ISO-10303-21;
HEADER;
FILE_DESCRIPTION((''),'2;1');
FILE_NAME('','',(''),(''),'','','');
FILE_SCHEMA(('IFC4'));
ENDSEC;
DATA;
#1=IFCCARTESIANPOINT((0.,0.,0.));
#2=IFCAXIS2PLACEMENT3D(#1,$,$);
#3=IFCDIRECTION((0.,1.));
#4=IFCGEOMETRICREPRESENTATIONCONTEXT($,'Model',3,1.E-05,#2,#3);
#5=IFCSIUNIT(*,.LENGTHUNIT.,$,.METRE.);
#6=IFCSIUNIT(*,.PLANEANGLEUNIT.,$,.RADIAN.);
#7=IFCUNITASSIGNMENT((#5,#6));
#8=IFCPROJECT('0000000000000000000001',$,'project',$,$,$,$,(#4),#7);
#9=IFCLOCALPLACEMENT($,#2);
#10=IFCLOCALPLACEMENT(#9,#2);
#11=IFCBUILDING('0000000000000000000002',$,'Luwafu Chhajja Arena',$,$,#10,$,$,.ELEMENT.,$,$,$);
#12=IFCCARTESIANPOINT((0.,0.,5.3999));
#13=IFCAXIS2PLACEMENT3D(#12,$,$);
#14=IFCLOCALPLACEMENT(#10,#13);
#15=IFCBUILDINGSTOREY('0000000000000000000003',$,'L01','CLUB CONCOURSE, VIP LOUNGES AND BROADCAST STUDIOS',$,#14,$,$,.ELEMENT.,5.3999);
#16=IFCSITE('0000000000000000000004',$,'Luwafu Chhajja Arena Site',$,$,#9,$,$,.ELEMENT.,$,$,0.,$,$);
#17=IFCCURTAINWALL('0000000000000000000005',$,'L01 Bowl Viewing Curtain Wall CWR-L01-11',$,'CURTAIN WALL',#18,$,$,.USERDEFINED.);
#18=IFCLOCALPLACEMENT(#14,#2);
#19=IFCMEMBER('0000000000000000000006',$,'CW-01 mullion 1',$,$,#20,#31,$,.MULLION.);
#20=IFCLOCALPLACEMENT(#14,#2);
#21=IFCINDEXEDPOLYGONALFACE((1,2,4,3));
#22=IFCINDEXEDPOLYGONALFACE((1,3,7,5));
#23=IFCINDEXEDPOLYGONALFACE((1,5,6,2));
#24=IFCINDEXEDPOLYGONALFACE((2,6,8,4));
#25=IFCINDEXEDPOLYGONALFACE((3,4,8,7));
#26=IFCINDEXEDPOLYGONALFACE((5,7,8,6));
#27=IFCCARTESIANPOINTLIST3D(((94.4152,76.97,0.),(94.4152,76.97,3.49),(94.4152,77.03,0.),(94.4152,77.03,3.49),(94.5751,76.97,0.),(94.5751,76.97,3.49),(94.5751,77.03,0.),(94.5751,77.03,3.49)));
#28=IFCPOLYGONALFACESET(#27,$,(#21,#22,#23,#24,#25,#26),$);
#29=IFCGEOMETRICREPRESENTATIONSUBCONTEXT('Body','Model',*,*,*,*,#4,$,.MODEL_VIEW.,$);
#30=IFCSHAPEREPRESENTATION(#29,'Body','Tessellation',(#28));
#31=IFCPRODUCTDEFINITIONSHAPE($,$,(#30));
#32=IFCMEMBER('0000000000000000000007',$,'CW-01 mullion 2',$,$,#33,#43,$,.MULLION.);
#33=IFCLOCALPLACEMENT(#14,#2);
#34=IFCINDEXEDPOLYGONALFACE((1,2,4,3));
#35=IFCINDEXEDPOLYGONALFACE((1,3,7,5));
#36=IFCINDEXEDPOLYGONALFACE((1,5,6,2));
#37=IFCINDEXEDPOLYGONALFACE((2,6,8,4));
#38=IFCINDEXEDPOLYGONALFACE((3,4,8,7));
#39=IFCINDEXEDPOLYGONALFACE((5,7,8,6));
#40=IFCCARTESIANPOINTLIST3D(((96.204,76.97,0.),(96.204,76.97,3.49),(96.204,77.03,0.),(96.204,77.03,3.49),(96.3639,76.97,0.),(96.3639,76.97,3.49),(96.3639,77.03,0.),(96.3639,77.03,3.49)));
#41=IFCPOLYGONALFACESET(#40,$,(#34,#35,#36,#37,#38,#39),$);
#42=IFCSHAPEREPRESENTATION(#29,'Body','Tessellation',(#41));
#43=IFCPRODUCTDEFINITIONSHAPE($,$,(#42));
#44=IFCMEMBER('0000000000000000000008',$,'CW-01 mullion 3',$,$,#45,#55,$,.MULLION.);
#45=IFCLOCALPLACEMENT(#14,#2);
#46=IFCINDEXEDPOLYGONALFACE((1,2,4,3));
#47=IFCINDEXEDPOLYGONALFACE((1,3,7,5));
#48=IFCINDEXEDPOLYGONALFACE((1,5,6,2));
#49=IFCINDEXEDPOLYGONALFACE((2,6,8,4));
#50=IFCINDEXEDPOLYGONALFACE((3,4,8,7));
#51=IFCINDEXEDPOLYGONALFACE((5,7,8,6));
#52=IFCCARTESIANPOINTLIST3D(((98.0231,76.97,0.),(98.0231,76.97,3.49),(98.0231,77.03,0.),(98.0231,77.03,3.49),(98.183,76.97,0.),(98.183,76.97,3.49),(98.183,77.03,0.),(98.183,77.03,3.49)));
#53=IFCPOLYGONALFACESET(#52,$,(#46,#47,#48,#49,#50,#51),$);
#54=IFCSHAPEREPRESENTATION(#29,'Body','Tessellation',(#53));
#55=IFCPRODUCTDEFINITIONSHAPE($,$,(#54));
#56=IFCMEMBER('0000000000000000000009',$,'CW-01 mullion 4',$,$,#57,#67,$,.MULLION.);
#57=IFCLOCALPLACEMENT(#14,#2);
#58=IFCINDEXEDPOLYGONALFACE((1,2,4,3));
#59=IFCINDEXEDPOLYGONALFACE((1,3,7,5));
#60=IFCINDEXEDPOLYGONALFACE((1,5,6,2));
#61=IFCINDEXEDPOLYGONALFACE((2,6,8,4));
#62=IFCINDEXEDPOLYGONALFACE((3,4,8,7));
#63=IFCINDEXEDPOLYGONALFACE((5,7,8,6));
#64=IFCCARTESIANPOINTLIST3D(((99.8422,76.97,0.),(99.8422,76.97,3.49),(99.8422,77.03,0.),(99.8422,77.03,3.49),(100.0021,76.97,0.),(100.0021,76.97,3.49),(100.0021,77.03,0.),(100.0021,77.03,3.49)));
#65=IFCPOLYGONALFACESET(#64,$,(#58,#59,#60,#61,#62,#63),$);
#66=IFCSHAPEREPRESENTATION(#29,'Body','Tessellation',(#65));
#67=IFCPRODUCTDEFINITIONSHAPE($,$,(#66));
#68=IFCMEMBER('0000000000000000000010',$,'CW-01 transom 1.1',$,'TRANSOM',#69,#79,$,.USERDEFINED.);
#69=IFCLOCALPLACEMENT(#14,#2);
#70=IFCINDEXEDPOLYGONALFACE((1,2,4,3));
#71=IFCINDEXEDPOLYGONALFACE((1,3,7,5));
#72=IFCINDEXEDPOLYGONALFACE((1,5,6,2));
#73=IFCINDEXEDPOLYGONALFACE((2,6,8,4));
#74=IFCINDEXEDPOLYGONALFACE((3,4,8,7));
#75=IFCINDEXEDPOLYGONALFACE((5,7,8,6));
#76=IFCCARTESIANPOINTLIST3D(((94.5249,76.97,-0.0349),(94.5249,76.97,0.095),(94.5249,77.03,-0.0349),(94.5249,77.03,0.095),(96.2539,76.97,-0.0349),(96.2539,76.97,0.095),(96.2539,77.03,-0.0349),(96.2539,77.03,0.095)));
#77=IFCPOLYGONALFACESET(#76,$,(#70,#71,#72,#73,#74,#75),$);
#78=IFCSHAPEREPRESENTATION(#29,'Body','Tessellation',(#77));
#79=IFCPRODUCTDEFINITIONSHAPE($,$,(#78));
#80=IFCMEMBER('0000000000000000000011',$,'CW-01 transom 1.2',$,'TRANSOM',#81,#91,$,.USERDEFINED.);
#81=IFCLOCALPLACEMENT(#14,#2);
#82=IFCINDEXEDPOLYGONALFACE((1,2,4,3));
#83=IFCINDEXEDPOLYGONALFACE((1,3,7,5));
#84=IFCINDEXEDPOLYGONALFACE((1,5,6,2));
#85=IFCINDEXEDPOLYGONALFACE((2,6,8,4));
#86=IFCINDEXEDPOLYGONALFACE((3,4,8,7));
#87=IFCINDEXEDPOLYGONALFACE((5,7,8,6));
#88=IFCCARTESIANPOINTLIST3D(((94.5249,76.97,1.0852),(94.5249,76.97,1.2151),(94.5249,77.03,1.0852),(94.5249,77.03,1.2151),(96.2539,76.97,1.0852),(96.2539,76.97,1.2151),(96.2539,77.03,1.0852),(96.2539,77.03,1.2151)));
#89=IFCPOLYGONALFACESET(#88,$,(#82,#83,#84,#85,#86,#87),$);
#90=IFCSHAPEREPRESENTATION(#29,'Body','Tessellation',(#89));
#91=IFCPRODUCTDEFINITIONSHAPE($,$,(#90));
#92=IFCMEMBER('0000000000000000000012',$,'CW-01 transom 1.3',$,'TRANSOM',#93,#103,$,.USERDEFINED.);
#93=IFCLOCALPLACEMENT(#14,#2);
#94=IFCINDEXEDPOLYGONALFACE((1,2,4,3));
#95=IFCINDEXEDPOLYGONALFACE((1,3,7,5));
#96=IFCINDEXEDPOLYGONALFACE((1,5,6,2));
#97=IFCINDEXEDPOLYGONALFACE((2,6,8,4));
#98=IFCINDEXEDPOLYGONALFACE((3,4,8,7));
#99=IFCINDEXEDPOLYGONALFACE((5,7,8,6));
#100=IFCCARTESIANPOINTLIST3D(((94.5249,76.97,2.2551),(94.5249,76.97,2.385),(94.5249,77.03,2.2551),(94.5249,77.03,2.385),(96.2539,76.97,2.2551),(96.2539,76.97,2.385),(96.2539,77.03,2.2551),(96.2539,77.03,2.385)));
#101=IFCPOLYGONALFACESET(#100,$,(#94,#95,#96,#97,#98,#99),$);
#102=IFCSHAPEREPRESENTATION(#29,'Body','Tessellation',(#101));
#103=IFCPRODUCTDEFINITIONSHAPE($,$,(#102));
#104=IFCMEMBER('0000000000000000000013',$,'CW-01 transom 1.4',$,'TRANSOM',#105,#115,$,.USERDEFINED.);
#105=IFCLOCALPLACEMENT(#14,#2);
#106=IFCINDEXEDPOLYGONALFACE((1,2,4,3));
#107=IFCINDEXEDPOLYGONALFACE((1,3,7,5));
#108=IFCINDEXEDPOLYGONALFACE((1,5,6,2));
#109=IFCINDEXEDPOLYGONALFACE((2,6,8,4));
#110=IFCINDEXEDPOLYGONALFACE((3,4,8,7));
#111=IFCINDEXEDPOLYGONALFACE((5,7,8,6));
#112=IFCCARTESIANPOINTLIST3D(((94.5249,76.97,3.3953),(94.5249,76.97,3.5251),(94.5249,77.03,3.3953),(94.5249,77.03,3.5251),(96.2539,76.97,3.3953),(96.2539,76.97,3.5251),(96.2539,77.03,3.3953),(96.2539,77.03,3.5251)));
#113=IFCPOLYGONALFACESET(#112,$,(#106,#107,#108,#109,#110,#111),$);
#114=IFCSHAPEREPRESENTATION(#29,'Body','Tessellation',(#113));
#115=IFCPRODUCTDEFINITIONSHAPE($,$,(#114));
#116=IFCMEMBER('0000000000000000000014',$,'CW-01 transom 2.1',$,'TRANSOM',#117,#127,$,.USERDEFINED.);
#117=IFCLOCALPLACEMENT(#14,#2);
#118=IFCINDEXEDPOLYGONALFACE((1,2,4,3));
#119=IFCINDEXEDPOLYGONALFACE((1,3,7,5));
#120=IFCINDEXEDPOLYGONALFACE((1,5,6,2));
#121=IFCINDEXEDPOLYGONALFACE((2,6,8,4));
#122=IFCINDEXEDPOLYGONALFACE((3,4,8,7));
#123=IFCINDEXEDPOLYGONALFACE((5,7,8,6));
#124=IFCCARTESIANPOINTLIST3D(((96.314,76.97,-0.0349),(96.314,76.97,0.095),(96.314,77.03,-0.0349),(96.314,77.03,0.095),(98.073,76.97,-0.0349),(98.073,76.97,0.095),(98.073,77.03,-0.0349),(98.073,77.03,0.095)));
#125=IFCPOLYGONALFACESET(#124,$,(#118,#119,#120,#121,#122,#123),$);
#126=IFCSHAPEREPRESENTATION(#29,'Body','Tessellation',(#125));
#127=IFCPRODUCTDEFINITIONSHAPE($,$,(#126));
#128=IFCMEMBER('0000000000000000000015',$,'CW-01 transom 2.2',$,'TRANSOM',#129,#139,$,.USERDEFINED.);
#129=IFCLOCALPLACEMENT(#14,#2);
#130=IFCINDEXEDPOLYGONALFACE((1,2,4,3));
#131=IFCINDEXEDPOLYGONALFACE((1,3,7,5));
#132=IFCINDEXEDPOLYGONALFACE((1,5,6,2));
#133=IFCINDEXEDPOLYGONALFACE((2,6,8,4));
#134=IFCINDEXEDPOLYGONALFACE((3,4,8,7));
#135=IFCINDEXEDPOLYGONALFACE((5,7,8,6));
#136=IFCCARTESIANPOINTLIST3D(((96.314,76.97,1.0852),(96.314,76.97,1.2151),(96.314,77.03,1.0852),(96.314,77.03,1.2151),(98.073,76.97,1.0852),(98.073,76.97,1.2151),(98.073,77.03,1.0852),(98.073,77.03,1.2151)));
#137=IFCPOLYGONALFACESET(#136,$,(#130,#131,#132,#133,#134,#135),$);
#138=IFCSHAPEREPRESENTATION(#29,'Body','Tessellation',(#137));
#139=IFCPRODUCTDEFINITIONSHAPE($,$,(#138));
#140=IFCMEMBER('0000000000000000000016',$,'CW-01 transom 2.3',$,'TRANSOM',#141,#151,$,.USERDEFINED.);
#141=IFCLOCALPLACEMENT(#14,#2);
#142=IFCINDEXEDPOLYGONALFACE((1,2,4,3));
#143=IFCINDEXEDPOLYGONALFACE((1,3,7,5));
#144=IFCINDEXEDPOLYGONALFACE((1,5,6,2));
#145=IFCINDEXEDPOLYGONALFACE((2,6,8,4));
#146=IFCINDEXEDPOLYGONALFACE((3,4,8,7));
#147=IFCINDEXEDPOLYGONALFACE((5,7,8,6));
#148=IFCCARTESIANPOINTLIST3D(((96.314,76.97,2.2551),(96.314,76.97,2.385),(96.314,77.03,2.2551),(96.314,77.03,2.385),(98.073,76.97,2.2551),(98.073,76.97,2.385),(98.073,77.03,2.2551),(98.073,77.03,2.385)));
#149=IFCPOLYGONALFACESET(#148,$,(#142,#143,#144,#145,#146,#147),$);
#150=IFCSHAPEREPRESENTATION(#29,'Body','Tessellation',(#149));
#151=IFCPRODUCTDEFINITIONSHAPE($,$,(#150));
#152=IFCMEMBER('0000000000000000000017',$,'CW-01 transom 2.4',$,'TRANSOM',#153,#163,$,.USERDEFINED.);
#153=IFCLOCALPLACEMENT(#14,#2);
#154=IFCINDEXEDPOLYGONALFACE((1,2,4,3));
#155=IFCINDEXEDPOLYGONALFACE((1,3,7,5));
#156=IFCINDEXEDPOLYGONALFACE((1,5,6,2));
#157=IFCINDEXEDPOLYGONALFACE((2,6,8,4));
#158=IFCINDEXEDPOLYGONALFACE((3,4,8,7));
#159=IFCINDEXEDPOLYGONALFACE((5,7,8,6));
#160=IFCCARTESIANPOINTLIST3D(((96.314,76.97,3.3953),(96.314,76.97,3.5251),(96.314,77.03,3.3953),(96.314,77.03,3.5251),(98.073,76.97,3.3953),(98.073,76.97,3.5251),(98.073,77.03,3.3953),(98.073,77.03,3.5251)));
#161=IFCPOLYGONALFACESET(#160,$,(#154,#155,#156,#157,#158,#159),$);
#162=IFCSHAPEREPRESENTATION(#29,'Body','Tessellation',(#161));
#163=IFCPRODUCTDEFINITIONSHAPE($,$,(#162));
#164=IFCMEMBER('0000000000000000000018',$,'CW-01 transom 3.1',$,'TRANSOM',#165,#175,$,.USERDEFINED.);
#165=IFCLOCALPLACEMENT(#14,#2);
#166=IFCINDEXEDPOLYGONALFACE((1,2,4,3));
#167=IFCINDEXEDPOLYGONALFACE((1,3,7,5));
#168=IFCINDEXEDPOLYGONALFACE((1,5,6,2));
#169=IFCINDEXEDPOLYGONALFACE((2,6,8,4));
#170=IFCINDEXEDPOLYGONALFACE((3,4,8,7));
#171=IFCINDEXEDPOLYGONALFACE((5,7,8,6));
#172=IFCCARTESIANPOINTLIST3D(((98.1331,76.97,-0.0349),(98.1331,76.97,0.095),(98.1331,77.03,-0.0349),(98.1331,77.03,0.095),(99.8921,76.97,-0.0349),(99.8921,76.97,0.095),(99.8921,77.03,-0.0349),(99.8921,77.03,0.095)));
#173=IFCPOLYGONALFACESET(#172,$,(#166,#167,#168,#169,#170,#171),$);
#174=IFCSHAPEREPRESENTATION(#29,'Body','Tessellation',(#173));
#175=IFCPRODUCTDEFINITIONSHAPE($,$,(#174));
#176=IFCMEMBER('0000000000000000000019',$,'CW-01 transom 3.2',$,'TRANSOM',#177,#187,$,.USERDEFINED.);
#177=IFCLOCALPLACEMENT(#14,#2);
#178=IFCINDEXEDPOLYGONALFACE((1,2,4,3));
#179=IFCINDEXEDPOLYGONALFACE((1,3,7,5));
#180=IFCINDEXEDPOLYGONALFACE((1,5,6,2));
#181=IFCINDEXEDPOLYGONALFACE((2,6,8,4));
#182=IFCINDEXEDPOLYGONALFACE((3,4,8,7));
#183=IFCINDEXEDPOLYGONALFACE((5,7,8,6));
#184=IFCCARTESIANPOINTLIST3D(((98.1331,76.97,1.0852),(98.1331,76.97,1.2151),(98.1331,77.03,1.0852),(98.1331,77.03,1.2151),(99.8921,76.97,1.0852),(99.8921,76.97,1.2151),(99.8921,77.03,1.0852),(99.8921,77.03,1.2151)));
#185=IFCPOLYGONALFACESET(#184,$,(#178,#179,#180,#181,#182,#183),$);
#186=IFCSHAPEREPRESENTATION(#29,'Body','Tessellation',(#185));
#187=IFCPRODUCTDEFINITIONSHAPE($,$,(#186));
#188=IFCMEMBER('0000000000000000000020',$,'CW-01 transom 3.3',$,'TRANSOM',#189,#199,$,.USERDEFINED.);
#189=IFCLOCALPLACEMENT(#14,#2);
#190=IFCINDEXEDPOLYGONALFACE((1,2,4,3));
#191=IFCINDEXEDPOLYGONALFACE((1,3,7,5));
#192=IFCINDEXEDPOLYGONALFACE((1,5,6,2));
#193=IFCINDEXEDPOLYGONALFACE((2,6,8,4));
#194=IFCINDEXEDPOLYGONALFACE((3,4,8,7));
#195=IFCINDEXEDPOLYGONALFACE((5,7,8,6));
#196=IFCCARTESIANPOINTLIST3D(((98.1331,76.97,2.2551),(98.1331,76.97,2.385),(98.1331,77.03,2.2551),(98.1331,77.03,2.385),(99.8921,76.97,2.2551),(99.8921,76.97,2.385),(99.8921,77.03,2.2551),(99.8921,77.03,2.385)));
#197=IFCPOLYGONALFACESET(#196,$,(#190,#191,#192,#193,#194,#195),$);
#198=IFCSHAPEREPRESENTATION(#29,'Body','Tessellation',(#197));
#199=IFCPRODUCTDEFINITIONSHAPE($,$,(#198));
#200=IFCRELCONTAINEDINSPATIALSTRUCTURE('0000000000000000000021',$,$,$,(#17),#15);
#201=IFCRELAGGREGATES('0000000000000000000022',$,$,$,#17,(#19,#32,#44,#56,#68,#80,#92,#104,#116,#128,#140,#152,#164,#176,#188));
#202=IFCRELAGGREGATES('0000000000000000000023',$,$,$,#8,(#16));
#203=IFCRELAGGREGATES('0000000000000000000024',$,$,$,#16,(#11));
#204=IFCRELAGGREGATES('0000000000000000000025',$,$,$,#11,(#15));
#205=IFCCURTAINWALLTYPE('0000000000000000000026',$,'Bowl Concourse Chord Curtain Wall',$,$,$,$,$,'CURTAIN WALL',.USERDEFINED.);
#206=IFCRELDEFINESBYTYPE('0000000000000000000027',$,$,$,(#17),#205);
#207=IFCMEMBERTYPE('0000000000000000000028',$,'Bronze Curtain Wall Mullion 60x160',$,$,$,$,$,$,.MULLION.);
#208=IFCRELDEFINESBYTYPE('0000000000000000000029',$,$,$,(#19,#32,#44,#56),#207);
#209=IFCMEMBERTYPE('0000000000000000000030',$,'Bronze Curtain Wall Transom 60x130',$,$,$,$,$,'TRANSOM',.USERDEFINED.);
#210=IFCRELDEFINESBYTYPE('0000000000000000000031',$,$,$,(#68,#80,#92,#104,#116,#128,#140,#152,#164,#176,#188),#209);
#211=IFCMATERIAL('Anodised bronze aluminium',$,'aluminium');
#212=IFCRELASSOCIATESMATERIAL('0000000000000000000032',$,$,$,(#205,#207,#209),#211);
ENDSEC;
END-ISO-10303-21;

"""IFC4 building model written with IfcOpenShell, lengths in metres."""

from ifc_helpers import new_model, si_unit, direction, frame, origin, origin_2d, place, context, subcontext, project, spatial, rectangle, extrude, material, material_profile, profile_set, type_object, element, aggregate, save


model = new_model("IFC4")

# Units and contexts
model_context = context("Model", 3, precision=1e-05, world=origin(), true_north=direction((0.0, 1.0)))
body_context = subcontext(model_context, "Body", "Model", "MODEL_VIEW")
ifc_project = project(units=[si_unit("LENGTHUNIT", "METRE"), si_unit("PLANEANGLEUNIT", "RADIAN")], contexts=[model_context])

# Site, building, storey
site_placement = place(None, origin())
site = spatial("IfcSite", under=ifc_project, at=site_placement, Name="Luwafu Chhajja Arena Site", CompositionType="ELEMENT", RefElevation=0.0)
building_placement = place(site_placement, origin())
building = spatial("IfcBuilding", under=site, at=building_placement, Name="Luwafu Chhajja Arena", CompositionType="ELEMENT")
storey_placement = place(building_placement, frame((0.0, 0.0, 5.3999)))
storey = spatial("IfcBuildingStorey", under=building, at=storey_placement, Name="L01", Description="CLUB CONCOURSE, VIP LOUNGES AND BROADCAST STUDIOS", CompositionType="ELEMENT", Elevation=5.3999)

# Curtain wall, members
ifc_material_1 = material(Name="Anodised bronze aluminium", Category="aluminium")
curtain_wall_type = type_object("IfcCurtainWallType", Name="Bowl Concourse Chord Curtain Wall", ElementType="CURTAIN WALL", PredefinedType="USERDEFINED", material=ifc_material_1)
curtain_wall_placement = place(storey_placement, origin())
curtain_wall = element("IfcCurtainWall", 1, at=curtain_wall_placement, inside=storey, type_object=curtain_wall_type, Name="L01 Bowl Viewing Curtain Wall CWR-L01-11", ObjectType="CURTAIN WALL", PredefinedType="USERDEFINED")
ifc_material_profile_1 = material_profile(ifc_material_1, rectangle(XDim=0.0601, YDim=0.1599, at=origin_2d()), Name="CWM 60x160")
ifc_profile_set_1 = profile_set([ifc_material_profile_1], Name="Anodised bronze aluminium")
member_type_1 = type_object("IfcMemberType", Name="Bronze Curtain Wall Mullion 60x160", PredefinedType="MULLION", material=ifc_profile_set_1)
member_1_placement = place(storey_placement, frame((94.4951, 77.0, 0.0), z_axis=(0.0, 0.0, 1.0), x_axis=(0.0, 1.0, 0.0)))
member_1 = element("IfcMember", 2, at=member_1_placement, type_object=member_type_1, Name="CW-01 mullion 1", PredefinedType="MULLION", context=body_context, shape_type="SweptSolid", body=[
    extrude(rectangle(XDim=0.0601, YDim=0.1599, at=origin_2d()), origin(), (0.0, 0.0, 1.0), 3.49),
])
member_2_placement = place(storey_placement, frame((96.2839, 77.0, 0.0), z_axis=(0.0, 0.0, 1.0), x_axis=(0.0, 1.0, 0.0)))
member_2 = element("IfcMember", 3, at=member_2_placement, type_object=member_type_1, Name="CW-01 mullion 2", PredefinedType="MULLION", context=body_context, shape_type="SweptSolid", body=[
    extrude(rectangle(XDim=0.0601, YDim=0.1599, at=origin_2d()), origin(), (0.0, 0.0, 1.0), 3.49),
])
member_3_placement = place(storey_placement, frame((98.103, 77.0, 0.0), z_axis=(0.0, 0.0, 1.0), x_axis=(0.0, 1.0, 0.0)))
member_3 = element("IfcMember", 4, at=member_3_placement, type_object=member_type_1, Name="CW-01 mullion 3", PredefinedType="MULLION", context=body_context, shape_type="SweptSolid", body=[
    extrude(rectangle(XDim=0.0601, YDim=0.1599, at=origin_2d()), origin(), (0.0, 0.0, 1.0), 3.49),
])
member_4_placement = place(storey_placement, frame((99.9221, 77.0, 0.0), z_axis=(0.0, 0.0, 1.0), x_axis=(0.0, 1.0, 0.0)))
member_4 = element("IfcMember", 5, at=member_4_placement, type_object=member_type_1, Name="CW-01 mullion 4", PredefinedType="MULLION", context=body_context, shape_type="SweptSolid", body=[
    extrude(rectangle(XDim=0.0601, YDim=0.1599, at=origin_2d()), origin(), (0.0, 0.0, 1.0), 3.49),
])
ifc_material_profile_2 = material_profile(ifc_material_1, rectangle(XDim=0.0601, YDim=0.1299, at=origin_2d()), Name="CWT 60x130")
ifc_profile_set_2 = profile_set([ifc_material_profile_2], Name="Anodised bronze aluminium")
member_type_2 = type_object("IfcMemberType", Name="Bronze Curtain Wall Transom 60x130", ElementType="TRANSOM", PredefinedType="USERDEFINED", material=ifc_profile_set_2)
member_5_placement = place(storey_placement, frame((94.5249, 77.0, 0.03), z_axis=(1.0, 0.0, 0.0), x_axis=(0.0, 1.0, 0.0)))
member_5 = element("IfcMember", 6, at=member_5_placement, type_object=member_type_2, Name="CW-01 transom 1.1", ObjectType="TRANSOM", PredefinedType="USERDEFINED", context=body_context, shape_type="SweptSolid", body=[
    extrude(rectangle(XDim=0.0601, YDim=0.1299, at=origin_2d()), origin(), (0.0, 0.0, 1.0), 1.729),
])
member_6_placement = place(storey_placement, frame((94.5249, 77.0, 1.1501), z_axis=(1.0, 0.0, 0.0), x_axis=(0.0, 1.0, 0.0)))
member_6 = element("IfcMember", 7, at=member_6_placement, type_object=member_type_2, Name="CW-01 transom 1.2", ObjectType="TRANSOM", PredefinedType="USERDEFINED", context=body_context, shape_type="SweptSolid", body=[
    extrude(rectangle(XDim=0.0601, YDim=0.1299, at=origin_2d()), origin(), (0.0, 0.0, 1.0), 1.729),
])
member_7_placement = place(storey_placement, frame((94.5249, 77.0, 2.3201), z_axis=(1.0, 0.0, 0.0), x_axis=(0.0, 1.0, 0.0)))
member_7 = element("IfcMember", 8, at=member_7_placement, type_object=member_type_2, Name="CW-01 transom 1.3", ObjectType="TRANSOM", PredefinedType="USERDEFINED", context=body_context, shape_type="SweptSolid", body=[
    extrude(rectangle(XDim=0.0601, YDim=0.1299, at=origin_2d()), origin(), (0.0, 0.0, 1.0), 1.729),
])
member_8_placement = place(storey_placement, frame((94.5249, 77.0, 3.4602), z_axis=(1.0, 0.0, 0.0), x_axis=(0.0, 1.0, 0.0)))
member_8 = element("IfcMember", 9, at=member_8_placement, type_object=member_type_2, Name="CW-01 transom 1.4", ObjectType="TRANSOM", PredefinedType="USERDEFINED", context=body_context, shape_type="SweptSolid", body=[
    extrude(rectangle(XDim=0.0601, YDim=0.1299, at=origin_2d()), origin(), (0.0, 0.0, 1.0), 1.729),
])
member_9_placement = place(storey_placement, frame((96.314, 77.0, 0.03), z_axis=(1.0, 0.0, 0.0), x_axis=(0.0, 1.0, 0.0)))
member_9 = element("IfcMember", 10, at=member_9_placement, type_object=member_type_2, Name="CW-01 transom 2.1", ObjectType="TRANSOM", PredefinedType="USERDEFINED", context=body_context, shape_type="SweptSolid", body=[
    extrude(rectangle(XDim=0.0601, YDim=0.1299, at=origin_2d()), origin(), (0.0, 0.0, 1.0), 1.759),
])
member_10_placement = place(storey_placement, frame((96.314, 77.0, 1.1501), z_axis=(1.0, 0.0, 0.0), x_axis=(0.0, 1.0, 0.0)))
member_10 = element("IfcMember", 11, at=member_10_placement, type_object=member_type_2, Name="CW-01 transom 2.2", ObjectType="TRANSOM", PredefinedType="USERDEFINED", context=body_context, shape_type="SweptSolid", body=[
    extrude(rectangle(XDim=0.0601, YDim=0.1299, at=origin_2d()), origin(), (0.0, 0.0, 1.0), 1.759),
])
member_11_placement = place(storey_placement, frame((96.314, 77.0, 2.3201), z_axis=(1.0, 0.0, 0.0), x_axis=(0.0, 1.0, 0.0)))
member_11 = element("IfcMember", 12, at=member_11_placement, type_object=member_type_2, Name="CW-01 transom 2.3", ObjectType="TRANSOM", PredefinedType="USERDEFINED", context=body_context, shape_type="SweptSolid", body=[
    extrude(rectangle(XDim=0.0601, YDim=0.1299, at=origin_2d()), origin(), (0.0, 0.0, 1.0), 1.759),
])
member_12_placement = place(storey_placement, frame((96.314, 77.0, 3.4602), z_axis=(1.0, 0.0, 0.0), x_axis=(0.0, 1.0, 0.0)))
member_12 = element("IfcMember", 13, at=member_12_placement, type_object=member_type_2, Name="CW-01 transom 2.4", ObjectType="TRANSOM", PredefinedType="USERDEFINED", context=body_context, shape_type="SweptSolid", body=[
    extrude(rectangle(XDim=0.0601, YDim=0.1299, at=origin_2d()), origin(), (0.0, 0.0, 1.0), 1.759),
])
member_13_placement = place(storey_placement, frame((98.1331, 77.0, 0.03), z_axis=(1.0, 0.0, 0.0), x_axis=(0.0, 1.0, 0.0)))
member_13 = element("IfcMember", 14, at=member_13_placement, type_object=member_type_2, Name="CW-01 transom 3.1", ObjectType="TRANSOM", PredefinedType="USERDEFINED", context=body_context, shape_type="SweptSolid", body=[
    extrude(rectangle(XDim=0.0601, YDim=0.1299, at=origin_2d()), origin(), (0.0, 0.0, 1.0), 1.759),
])
member_14_placement = place(storey_placement, frame((98.1331, 77.0, 1.1501), z_axis=(1.0, 0.0, 0.0), x_axis=(0.0, 1.0, 0.0)))
member_14 = element("IfcMember", 15, at=member_14_placement, type_object=member_type_2, Name="CW-01 transom 3.2", ObjectType="TRANSOM", PredefinedType="USERDEFINED", context=body_context, shape_type="SweptSolid", body=[
    extrude(rectangle(XDim=0.0601, YDim=0.1299, at=origin_2d()), origin(), (0.0, 0.0, 1.0), 1.759),
])
member_15_placement = place(storey_placement, frame((98.1331, 77.0, 2.3201), z_axis=(1.0, 0.0, 0.0), x_axis=(0.0, 1.0, 0.0)))
member_15 = element("IfcMember", 16, at=member_15_placement, type_object=member_type_2, Name="CW-01 transom 3.3", ObjectType="TRANSOM", PredefinedType="USERDEFINED", context=body_context, shape_type="SweptSolid", body=[
    extrude(rectangle(XDim=0.0601, YDim=0.1299, at=origin_2d()), origin(), (0.0, 0.0, 1.0), 1.759),
])

aggregate(curtain_wall, [member_1, member_2, member_3, member_4, member_5, member_6, member_7, member_8, member_9, member_10, member_11, member_12, member_13, member_14, member_15])

save(model, "model.ifc")
